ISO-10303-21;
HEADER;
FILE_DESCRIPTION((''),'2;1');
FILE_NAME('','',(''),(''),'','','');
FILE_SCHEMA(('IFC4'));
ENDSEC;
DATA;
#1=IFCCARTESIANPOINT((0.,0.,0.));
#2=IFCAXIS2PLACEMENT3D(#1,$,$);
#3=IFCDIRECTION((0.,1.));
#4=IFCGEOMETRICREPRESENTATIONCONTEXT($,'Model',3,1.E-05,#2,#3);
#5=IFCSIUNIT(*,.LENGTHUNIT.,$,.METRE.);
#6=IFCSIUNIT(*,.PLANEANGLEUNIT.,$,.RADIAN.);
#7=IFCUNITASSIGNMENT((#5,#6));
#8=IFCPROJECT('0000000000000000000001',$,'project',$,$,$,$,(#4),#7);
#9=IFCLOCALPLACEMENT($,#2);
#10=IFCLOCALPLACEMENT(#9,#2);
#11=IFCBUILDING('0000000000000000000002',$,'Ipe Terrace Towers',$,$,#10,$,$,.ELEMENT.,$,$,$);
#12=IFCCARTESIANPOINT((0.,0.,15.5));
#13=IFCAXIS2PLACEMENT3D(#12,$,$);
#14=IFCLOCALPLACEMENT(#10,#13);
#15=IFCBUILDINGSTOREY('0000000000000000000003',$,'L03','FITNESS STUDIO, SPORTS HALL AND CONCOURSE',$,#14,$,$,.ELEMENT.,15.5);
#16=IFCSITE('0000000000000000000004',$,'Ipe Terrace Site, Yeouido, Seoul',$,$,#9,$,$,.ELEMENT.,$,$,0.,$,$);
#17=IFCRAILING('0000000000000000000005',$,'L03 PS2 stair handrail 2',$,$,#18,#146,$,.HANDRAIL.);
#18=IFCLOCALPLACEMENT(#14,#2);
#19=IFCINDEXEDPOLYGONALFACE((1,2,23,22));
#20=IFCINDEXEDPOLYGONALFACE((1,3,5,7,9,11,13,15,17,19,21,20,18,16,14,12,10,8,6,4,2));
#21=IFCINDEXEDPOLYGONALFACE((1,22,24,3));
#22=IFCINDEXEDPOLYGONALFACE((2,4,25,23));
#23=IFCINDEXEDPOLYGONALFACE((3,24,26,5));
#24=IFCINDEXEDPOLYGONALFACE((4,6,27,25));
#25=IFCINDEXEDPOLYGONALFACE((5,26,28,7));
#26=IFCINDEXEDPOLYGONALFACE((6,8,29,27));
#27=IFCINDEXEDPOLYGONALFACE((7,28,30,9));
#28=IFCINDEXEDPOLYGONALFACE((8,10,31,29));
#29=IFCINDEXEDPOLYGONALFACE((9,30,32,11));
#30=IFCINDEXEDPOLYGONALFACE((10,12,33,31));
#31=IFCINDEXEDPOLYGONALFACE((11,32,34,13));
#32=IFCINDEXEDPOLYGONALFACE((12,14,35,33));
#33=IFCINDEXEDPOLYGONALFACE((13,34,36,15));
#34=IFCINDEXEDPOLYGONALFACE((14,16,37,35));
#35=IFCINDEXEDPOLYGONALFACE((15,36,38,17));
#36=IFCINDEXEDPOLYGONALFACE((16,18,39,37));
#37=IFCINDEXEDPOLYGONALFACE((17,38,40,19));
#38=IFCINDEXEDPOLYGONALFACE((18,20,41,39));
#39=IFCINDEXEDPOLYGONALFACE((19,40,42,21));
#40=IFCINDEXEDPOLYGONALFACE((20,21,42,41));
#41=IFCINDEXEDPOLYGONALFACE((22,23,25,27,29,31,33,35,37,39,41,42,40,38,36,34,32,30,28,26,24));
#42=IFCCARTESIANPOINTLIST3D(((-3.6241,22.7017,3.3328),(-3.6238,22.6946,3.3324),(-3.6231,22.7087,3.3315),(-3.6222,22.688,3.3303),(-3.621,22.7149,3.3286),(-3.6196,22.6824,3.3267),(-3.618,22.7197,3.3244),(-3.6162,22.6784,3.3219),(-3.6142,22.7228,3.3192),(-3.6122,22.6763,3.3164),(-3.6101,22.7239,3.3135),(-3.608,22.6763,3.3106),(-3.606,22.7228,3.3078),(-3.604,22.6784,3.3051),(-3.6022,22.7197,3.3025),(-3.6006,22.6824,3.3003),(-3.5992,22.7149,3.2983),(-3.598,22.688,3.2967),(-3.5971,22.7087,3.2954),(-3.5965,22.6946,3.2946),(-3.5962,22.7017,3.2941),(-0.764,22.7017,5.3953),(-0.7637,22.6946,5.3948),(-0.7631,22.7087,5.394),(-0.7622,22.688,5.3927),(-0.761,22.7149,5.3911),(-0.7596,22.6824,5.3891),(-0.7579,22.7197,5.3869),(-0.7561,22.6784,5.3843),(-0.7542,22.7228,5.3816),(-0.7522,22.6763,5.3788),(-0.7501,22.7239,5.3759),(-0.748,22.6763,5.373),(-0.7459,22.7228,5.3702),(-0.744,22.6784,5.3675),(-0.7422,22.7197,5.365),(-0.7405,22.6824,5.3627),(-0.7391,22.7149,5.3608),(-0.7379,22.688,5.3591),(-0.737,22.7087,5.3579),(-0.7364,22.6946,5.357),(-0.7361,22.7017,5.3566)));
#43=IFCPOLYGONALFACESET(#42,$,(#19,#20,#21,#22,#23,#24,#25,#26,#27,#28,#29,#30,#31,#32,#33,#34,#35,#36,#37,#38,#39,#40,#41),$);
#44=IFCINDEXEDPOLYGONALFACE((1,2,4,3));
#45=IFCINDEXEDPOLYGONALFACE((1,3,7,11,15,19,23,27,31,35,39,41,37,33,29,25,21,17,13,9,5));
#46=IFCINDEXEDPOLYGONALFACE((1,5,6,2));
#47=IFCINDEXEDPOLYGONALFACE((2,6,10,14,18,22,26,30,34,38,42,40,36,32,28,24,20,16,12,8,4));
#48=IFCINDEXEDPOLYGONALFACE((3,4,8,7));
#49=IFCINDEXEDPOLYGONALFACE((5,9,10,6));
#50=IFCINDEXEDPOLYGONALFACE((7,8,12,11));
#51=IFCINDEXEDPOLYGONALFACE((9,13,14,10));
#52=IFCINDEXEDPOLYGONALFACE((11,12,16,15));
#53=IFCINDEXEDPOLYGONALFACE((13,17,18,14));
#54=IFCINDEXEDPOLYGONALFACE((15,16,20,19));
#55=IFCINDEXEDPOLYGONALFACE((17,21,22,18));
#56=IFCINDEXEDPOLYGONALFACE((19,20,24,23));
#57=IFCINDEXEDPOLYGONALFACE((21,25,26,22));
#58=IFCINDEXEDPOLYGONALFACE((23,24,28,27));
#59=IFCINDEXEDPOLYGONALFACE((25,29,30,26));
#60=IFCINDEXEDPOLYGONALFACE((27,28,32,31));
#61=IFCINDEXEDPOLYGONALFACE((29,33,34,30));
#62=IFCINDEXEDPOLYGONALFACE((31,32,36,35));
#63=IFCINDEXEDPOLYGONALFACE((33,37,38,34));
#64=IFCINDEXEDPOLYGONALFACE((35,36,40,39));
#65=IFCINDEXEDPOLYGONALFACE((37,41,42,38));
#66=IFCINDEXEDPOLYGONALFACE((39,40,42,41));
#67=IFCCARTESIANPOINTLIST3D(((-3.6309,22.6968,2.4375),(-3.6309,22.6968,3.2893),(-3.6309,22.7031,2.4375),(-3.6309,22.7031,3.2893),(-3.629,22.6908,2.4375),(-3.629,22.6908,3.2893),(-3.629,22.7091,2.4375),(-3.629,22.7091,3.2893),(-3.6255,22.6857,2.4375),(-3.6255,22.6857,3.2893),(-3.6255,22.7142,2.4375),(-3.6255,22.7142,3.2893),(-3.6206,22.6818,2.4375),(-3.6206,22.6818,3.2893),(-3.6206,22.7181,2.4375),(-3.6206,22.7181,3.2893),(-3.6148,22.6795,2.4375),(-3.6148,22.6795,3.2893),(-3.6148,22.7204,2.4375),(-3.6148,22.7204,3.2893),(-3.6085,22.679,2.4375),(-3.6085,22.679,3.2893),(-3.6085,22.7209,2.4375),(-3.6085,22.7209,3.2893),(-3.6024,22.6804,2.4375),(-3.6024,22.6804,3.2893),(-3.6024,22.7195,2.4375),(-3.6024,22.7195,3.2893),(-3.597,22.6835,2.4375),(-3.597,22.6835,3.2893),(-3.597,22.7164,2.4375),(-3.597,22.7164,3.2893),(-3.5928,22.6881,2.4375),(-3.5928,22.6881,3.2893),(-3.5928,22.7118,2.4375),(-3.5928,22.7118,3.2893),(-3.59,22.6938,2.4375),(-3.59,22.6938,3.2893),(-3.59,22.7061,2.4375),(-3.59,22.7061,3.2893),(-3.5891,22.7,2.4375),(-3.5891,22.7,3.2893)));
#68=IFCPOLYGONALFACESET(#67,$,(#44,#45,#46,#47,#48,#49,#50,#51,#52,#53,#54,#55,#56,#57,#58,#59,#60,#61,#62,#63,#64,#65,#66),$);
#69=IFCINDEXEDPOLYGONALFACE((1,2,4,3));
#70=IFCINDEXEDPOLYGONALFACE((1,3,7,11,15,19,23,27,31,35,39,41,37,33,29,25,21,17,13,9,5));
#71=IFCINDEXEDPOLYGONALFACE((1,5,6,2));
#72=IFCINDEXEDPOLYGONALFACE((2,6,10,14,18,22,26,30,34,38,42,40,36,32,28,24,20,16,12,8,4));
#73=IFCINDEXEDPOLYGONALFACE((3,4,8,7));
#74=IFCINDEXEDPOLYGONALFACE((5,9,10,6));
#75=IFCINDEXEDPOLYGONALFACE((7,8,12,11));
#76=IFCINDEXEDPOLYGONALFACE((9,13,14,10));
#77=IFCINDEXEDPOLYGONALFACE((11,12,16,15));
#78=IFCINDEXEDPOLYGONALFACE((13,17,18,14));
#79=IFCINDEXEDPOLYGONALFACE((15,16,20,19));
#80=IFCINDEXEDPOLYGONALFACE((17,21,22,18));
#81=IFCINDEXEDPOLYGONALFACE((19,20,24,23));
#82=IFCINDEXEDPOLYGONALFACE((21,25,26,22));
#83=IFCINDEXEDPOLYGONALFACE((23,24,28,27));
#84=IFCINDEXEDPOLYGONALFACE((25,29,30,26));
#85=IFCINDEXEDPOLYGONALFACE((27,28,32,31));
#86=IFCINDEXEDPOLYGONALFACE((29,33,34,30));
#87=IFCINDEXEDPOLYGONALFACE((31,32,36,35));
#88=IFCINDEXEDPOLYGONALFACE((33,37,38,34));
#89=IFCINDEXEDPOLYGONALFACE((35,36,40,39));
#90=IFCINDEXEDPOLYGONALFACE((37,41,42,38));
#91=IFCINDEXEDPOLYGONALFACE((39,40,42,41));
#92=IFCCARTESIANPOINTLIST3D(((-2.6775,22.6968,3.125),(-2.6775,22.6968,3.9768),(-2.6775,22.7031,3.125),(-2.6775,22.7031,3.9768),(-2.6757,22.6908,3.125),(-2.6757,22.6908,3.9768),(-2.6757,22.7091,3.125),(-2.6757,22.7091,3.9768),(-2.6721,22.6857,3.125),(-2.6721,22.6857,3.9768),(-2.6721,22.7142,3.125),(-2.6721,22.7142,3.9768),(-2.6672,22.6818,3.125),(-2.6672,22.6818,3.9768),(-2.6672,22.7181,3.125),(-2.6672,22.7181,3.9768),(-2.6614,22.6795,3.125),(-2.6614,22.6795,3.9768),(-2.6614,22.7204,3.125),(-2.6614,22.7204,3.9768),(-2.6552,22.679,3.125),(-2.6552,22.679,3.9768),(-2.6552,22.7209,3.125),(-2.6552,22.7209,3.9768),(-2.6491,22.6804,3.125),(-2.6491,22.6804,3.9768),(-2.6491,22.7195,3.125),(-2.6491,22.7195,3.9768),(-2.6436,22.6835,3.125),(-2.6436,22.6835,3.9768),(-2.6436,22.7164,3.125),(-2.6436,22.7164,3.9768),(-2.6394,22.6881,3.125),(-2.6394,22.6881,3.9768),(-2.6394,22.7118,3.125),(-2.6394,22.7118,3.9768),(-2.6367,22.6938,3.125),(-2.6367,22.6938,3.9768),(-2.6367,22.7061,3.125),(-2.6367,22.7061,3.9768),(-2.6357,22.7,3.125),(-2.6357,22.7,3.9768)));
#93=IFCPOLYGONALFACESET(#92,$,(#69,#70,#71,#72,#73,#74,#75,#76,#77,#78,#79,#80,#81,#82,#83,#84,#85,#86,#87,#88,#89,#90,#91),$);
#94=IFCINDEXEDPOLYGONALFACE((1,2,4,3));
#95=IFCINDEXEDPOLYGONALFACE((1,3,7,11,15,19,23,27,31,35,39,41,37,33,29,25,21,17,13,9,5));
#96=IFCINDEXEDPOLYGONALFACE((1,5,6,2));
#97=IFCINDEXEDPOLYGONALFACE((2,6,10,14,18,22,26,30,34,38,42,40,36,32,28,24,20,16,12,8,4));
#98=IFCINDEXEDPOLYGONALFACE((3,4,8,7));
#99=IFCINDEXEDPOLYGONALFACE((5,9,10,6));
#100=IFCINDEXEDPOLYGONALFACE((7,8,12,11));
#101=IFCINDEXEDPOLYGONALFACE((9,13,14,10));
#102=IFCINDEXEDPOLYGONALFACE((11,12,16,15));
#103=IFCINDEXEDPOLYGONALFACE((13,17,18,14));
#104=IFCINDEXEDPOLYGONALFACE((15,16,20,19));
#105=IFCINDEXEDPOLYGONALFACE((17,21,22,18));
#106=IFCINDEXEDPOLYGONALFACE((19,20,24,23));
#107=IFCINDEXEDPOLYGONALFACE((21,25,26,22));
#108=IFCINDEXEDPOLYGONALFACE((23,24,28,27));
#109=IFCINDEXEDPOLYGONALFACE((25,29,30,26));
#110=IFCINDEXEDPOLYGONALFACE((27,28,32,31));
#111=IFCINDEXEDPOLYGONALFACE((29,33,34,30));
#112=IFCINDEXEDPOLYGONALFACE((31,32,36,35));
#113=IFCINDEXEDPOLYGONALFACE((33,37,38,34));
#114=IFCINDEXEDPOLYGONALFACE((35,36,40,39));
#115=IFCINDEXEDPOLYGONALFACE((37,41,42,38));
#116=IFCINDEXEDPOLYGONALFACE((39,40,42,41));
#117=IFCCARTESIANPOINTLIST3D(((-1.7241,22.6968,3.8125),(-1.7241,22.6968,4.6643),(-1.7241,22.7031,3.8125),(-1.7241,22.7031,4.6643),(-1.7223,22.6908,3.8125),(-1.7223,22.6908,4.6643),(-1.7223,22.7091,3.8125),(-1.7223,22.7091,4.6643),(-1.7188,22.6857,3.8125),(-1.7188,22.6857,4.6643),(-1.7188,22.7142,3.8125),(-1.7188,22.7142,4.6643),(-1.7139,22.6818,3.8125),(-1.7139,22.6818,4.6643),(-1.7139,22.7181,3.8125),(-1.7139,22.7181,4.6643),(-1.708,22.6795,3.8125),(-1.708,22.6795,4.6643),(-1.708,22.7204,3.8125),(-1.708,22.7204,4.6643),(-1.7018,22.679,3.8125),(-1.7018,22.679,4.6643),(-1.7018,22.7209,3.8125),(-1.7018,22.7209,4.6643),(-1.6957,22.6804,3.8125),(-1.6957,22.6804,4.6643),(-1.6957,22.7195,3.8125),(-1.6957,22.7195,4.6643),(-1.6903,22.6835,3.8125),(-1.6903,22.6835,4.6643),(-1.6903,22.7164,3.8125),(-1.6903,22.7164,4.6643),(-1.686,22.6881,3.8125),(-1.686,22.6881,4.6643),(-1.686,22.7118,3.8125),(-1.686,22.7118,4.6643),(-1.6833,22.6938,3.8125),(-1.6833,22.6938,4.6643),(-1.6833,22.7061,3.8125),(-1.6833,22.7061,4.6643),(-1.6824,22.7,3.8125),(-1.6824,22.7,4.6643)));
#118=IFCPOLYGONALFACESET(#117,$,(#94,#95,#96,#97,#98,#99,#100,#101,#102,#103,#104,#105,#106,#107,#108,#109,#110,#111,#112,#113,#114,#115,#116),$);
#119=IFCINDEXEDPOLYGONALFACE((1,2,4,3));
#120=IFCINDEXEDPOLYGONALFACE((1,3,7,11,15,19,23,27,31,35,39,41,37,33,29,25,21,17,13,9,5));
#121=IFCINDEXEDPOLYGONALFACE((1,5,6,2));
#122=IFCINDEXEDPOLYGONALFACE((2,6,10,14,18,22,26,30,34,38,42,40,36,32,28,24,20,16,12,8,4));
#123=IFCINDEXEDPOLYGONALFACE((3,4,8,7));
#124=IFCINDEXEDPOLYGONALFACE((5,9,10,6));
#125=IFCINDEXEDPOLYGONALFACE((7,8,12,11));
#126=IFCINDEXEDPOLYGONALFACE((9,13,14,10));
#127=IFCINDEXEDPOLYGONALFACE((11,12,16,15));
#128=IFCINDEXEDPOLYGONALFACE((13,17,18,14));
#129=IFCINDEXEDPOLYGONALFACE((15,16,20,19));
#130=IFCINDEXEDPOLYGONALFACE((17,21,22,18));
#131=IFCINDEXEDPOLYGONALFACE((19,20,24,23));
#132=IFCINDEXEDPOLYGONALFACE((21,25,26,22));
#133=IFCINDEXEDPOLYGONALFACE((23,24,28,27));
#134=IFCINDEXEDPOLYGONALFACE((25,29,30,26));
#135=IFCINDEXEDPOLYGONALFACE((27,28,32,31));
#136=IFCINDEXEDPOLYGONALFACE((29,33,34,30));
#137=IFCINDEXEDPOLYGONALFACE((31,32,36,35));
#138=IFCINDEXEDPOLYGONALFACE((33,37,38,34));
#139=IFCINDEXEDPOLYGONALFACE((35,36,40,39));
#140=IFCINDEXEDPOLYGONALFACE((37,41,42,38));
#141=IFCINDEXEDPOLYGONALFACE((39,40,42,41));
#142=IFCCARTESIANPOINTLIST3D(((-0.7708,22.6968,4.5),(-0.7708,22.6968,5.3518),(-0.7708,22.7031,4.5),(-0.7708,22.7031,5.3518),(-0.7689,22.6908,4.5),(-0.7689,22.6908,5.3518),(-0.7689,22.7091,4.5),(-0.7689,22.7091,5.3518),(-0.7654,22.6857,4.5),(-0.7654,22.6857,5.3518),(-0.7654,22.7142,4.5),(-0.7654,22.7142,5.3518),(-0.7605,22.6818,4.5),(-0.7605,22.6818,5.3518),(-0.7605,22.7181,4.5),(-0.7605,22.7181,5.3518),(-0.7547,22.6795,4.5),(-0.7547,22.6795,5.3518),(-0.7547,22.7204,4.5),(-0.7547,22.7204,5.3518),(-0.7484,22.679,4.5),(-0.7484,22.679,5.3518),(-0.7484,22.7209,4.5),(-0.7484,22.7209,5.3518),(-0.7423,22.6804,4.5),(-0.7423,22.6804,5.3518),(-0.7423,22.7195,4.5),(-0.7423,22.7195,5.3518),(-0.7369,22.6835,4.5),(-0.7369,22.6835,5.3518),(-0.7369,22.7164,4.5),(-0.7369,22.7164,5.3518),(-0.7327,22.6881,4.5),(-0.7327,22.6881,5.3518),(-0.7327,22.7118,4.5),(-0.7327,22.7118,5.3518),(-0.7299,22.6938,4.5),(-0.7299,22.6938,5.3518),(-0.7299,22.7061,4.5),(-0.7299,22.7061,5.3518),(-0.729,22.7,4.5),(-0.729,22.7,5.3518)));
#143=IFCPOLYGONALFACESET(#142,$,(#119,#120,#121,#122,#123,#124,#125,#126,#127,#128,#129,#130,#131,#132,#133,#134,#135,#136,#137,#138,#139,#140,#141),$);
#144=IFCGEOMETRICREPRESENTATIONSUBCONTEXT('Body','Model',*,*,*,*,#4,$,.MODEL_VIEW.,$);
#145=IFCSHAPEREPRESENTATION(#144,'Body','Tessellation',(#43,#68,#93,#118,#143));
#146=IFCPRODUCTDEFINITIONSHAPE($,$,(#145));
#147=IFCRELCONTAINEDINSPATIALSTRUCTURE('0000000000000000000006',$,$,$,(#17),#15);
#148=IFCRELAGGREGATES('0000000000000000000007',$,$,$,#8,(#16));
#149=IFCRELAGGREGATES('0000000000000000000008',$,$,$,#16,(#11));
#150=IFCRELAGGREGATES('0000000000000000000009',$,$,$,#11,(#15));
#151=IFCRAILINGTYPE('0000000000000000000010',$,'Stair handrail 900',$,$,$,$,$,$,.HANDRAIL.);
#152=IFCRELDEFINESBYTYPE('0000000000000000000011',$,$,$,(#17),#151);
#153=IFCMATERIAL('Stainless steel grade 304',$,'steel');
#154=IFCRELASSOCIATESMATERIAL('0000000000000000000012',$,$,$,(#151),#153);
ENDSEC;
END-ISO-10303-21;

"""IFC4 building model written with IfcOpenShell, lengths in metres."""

from ifc_helpers import new_model, si_unit, direction, frame, origin, origin_2d, place, context, subcontext, project, spatial, circle, extrude, material, type_object, element, save


model = new_model("IFC4")

# Units and contexts
model_context = context("Model", 3, precision=1e-05, world=origin(), true_north=direction((0.0, 1.0)))
body_context = subcontext(model_context, "Body", "Model", "MODEL_VIEW")
ifc_project = project(units=[si_unit("LENGTHUNIT", "METRE"), si_unit("PLANEANGLEUNIT", "RADIAN")], contexts=[model_context])

# Site, building, storey
site_placement = place(None, origin())
site = spatial("IfcSite", under=ifc_project, at=site_placement, Name="Ipe Terrace Site, Yeouido, Seoul", CompositionType="ELEMENT", RefElevation=0.0)
building_placement = place(site_placement, origin())
building = spatial("IfcBuilding", under=site, at=building_placement, Name="Ipe Terrace Towers", CompositionType="ELEMENT")
storey_placement = place(building_placement, frame((0.0, 0.0, 15.5)))
storey = spatial("IfcBuildingStorey", under=building, at=storey_placement, Name="L03", Description="FITNESS STUDIO, SPORTS HALL AND CONCOURSE", CompositionType="ELEMENT", Elevation=15.5)

# Railing
ifc_material_1 = material(Name="Stainless steel grade 304", Category="steel")
railing_type_1 = type_object("IfcRailingType", Name="Stair handrail 900", PredefinedType="HANDRAIL", material=ifc_material_1)
railing_1_placement = place(storey_placement, frame((-3.6101, 22.7, 2.4375)))
element("IfcRailing", 1, at=railing_1_placement, inside=storey, type_object=railing_type_1, Name="L03 PS2 stair handrail 2", PredefinedType="HANDRAIL", context=body_context, shape_type="SweptSolid", body=[
    extrude(circle(Radius=0.0239, at=origin_2d()), frame((0.0, 0.0, 0.876), z_axis=(0.811101, 0.0, 0.584906), x_axis=(0.0, 1.0, 0.0)), (0.0, 0.0, 1.0), 3.5261),
    extrude(circle(Radius=0.021, at=origin_2d()), origin(), (0.0, 0.0, 1.0), 0.8518),
    extrude(circle(Radius=0.021, at=origin_2d()), frame((0.9534, 0.0, 0.6875)), (0.0, 0.0, 1.0), 0.8518),
    extrude(circle(Radius=0.021, at=origin_2d()), frame((1.9067, 0.0, 1.375)), (0.0, 0.0, 1.0), 0.8518),
    extrude(circle(Radius=0.021, at=origin_2d()), frame((2.8601, 0.0, 2.0625)), (0.0, 0.0, 1.0), 0.8518),
])

save(model, "model.ifc")
